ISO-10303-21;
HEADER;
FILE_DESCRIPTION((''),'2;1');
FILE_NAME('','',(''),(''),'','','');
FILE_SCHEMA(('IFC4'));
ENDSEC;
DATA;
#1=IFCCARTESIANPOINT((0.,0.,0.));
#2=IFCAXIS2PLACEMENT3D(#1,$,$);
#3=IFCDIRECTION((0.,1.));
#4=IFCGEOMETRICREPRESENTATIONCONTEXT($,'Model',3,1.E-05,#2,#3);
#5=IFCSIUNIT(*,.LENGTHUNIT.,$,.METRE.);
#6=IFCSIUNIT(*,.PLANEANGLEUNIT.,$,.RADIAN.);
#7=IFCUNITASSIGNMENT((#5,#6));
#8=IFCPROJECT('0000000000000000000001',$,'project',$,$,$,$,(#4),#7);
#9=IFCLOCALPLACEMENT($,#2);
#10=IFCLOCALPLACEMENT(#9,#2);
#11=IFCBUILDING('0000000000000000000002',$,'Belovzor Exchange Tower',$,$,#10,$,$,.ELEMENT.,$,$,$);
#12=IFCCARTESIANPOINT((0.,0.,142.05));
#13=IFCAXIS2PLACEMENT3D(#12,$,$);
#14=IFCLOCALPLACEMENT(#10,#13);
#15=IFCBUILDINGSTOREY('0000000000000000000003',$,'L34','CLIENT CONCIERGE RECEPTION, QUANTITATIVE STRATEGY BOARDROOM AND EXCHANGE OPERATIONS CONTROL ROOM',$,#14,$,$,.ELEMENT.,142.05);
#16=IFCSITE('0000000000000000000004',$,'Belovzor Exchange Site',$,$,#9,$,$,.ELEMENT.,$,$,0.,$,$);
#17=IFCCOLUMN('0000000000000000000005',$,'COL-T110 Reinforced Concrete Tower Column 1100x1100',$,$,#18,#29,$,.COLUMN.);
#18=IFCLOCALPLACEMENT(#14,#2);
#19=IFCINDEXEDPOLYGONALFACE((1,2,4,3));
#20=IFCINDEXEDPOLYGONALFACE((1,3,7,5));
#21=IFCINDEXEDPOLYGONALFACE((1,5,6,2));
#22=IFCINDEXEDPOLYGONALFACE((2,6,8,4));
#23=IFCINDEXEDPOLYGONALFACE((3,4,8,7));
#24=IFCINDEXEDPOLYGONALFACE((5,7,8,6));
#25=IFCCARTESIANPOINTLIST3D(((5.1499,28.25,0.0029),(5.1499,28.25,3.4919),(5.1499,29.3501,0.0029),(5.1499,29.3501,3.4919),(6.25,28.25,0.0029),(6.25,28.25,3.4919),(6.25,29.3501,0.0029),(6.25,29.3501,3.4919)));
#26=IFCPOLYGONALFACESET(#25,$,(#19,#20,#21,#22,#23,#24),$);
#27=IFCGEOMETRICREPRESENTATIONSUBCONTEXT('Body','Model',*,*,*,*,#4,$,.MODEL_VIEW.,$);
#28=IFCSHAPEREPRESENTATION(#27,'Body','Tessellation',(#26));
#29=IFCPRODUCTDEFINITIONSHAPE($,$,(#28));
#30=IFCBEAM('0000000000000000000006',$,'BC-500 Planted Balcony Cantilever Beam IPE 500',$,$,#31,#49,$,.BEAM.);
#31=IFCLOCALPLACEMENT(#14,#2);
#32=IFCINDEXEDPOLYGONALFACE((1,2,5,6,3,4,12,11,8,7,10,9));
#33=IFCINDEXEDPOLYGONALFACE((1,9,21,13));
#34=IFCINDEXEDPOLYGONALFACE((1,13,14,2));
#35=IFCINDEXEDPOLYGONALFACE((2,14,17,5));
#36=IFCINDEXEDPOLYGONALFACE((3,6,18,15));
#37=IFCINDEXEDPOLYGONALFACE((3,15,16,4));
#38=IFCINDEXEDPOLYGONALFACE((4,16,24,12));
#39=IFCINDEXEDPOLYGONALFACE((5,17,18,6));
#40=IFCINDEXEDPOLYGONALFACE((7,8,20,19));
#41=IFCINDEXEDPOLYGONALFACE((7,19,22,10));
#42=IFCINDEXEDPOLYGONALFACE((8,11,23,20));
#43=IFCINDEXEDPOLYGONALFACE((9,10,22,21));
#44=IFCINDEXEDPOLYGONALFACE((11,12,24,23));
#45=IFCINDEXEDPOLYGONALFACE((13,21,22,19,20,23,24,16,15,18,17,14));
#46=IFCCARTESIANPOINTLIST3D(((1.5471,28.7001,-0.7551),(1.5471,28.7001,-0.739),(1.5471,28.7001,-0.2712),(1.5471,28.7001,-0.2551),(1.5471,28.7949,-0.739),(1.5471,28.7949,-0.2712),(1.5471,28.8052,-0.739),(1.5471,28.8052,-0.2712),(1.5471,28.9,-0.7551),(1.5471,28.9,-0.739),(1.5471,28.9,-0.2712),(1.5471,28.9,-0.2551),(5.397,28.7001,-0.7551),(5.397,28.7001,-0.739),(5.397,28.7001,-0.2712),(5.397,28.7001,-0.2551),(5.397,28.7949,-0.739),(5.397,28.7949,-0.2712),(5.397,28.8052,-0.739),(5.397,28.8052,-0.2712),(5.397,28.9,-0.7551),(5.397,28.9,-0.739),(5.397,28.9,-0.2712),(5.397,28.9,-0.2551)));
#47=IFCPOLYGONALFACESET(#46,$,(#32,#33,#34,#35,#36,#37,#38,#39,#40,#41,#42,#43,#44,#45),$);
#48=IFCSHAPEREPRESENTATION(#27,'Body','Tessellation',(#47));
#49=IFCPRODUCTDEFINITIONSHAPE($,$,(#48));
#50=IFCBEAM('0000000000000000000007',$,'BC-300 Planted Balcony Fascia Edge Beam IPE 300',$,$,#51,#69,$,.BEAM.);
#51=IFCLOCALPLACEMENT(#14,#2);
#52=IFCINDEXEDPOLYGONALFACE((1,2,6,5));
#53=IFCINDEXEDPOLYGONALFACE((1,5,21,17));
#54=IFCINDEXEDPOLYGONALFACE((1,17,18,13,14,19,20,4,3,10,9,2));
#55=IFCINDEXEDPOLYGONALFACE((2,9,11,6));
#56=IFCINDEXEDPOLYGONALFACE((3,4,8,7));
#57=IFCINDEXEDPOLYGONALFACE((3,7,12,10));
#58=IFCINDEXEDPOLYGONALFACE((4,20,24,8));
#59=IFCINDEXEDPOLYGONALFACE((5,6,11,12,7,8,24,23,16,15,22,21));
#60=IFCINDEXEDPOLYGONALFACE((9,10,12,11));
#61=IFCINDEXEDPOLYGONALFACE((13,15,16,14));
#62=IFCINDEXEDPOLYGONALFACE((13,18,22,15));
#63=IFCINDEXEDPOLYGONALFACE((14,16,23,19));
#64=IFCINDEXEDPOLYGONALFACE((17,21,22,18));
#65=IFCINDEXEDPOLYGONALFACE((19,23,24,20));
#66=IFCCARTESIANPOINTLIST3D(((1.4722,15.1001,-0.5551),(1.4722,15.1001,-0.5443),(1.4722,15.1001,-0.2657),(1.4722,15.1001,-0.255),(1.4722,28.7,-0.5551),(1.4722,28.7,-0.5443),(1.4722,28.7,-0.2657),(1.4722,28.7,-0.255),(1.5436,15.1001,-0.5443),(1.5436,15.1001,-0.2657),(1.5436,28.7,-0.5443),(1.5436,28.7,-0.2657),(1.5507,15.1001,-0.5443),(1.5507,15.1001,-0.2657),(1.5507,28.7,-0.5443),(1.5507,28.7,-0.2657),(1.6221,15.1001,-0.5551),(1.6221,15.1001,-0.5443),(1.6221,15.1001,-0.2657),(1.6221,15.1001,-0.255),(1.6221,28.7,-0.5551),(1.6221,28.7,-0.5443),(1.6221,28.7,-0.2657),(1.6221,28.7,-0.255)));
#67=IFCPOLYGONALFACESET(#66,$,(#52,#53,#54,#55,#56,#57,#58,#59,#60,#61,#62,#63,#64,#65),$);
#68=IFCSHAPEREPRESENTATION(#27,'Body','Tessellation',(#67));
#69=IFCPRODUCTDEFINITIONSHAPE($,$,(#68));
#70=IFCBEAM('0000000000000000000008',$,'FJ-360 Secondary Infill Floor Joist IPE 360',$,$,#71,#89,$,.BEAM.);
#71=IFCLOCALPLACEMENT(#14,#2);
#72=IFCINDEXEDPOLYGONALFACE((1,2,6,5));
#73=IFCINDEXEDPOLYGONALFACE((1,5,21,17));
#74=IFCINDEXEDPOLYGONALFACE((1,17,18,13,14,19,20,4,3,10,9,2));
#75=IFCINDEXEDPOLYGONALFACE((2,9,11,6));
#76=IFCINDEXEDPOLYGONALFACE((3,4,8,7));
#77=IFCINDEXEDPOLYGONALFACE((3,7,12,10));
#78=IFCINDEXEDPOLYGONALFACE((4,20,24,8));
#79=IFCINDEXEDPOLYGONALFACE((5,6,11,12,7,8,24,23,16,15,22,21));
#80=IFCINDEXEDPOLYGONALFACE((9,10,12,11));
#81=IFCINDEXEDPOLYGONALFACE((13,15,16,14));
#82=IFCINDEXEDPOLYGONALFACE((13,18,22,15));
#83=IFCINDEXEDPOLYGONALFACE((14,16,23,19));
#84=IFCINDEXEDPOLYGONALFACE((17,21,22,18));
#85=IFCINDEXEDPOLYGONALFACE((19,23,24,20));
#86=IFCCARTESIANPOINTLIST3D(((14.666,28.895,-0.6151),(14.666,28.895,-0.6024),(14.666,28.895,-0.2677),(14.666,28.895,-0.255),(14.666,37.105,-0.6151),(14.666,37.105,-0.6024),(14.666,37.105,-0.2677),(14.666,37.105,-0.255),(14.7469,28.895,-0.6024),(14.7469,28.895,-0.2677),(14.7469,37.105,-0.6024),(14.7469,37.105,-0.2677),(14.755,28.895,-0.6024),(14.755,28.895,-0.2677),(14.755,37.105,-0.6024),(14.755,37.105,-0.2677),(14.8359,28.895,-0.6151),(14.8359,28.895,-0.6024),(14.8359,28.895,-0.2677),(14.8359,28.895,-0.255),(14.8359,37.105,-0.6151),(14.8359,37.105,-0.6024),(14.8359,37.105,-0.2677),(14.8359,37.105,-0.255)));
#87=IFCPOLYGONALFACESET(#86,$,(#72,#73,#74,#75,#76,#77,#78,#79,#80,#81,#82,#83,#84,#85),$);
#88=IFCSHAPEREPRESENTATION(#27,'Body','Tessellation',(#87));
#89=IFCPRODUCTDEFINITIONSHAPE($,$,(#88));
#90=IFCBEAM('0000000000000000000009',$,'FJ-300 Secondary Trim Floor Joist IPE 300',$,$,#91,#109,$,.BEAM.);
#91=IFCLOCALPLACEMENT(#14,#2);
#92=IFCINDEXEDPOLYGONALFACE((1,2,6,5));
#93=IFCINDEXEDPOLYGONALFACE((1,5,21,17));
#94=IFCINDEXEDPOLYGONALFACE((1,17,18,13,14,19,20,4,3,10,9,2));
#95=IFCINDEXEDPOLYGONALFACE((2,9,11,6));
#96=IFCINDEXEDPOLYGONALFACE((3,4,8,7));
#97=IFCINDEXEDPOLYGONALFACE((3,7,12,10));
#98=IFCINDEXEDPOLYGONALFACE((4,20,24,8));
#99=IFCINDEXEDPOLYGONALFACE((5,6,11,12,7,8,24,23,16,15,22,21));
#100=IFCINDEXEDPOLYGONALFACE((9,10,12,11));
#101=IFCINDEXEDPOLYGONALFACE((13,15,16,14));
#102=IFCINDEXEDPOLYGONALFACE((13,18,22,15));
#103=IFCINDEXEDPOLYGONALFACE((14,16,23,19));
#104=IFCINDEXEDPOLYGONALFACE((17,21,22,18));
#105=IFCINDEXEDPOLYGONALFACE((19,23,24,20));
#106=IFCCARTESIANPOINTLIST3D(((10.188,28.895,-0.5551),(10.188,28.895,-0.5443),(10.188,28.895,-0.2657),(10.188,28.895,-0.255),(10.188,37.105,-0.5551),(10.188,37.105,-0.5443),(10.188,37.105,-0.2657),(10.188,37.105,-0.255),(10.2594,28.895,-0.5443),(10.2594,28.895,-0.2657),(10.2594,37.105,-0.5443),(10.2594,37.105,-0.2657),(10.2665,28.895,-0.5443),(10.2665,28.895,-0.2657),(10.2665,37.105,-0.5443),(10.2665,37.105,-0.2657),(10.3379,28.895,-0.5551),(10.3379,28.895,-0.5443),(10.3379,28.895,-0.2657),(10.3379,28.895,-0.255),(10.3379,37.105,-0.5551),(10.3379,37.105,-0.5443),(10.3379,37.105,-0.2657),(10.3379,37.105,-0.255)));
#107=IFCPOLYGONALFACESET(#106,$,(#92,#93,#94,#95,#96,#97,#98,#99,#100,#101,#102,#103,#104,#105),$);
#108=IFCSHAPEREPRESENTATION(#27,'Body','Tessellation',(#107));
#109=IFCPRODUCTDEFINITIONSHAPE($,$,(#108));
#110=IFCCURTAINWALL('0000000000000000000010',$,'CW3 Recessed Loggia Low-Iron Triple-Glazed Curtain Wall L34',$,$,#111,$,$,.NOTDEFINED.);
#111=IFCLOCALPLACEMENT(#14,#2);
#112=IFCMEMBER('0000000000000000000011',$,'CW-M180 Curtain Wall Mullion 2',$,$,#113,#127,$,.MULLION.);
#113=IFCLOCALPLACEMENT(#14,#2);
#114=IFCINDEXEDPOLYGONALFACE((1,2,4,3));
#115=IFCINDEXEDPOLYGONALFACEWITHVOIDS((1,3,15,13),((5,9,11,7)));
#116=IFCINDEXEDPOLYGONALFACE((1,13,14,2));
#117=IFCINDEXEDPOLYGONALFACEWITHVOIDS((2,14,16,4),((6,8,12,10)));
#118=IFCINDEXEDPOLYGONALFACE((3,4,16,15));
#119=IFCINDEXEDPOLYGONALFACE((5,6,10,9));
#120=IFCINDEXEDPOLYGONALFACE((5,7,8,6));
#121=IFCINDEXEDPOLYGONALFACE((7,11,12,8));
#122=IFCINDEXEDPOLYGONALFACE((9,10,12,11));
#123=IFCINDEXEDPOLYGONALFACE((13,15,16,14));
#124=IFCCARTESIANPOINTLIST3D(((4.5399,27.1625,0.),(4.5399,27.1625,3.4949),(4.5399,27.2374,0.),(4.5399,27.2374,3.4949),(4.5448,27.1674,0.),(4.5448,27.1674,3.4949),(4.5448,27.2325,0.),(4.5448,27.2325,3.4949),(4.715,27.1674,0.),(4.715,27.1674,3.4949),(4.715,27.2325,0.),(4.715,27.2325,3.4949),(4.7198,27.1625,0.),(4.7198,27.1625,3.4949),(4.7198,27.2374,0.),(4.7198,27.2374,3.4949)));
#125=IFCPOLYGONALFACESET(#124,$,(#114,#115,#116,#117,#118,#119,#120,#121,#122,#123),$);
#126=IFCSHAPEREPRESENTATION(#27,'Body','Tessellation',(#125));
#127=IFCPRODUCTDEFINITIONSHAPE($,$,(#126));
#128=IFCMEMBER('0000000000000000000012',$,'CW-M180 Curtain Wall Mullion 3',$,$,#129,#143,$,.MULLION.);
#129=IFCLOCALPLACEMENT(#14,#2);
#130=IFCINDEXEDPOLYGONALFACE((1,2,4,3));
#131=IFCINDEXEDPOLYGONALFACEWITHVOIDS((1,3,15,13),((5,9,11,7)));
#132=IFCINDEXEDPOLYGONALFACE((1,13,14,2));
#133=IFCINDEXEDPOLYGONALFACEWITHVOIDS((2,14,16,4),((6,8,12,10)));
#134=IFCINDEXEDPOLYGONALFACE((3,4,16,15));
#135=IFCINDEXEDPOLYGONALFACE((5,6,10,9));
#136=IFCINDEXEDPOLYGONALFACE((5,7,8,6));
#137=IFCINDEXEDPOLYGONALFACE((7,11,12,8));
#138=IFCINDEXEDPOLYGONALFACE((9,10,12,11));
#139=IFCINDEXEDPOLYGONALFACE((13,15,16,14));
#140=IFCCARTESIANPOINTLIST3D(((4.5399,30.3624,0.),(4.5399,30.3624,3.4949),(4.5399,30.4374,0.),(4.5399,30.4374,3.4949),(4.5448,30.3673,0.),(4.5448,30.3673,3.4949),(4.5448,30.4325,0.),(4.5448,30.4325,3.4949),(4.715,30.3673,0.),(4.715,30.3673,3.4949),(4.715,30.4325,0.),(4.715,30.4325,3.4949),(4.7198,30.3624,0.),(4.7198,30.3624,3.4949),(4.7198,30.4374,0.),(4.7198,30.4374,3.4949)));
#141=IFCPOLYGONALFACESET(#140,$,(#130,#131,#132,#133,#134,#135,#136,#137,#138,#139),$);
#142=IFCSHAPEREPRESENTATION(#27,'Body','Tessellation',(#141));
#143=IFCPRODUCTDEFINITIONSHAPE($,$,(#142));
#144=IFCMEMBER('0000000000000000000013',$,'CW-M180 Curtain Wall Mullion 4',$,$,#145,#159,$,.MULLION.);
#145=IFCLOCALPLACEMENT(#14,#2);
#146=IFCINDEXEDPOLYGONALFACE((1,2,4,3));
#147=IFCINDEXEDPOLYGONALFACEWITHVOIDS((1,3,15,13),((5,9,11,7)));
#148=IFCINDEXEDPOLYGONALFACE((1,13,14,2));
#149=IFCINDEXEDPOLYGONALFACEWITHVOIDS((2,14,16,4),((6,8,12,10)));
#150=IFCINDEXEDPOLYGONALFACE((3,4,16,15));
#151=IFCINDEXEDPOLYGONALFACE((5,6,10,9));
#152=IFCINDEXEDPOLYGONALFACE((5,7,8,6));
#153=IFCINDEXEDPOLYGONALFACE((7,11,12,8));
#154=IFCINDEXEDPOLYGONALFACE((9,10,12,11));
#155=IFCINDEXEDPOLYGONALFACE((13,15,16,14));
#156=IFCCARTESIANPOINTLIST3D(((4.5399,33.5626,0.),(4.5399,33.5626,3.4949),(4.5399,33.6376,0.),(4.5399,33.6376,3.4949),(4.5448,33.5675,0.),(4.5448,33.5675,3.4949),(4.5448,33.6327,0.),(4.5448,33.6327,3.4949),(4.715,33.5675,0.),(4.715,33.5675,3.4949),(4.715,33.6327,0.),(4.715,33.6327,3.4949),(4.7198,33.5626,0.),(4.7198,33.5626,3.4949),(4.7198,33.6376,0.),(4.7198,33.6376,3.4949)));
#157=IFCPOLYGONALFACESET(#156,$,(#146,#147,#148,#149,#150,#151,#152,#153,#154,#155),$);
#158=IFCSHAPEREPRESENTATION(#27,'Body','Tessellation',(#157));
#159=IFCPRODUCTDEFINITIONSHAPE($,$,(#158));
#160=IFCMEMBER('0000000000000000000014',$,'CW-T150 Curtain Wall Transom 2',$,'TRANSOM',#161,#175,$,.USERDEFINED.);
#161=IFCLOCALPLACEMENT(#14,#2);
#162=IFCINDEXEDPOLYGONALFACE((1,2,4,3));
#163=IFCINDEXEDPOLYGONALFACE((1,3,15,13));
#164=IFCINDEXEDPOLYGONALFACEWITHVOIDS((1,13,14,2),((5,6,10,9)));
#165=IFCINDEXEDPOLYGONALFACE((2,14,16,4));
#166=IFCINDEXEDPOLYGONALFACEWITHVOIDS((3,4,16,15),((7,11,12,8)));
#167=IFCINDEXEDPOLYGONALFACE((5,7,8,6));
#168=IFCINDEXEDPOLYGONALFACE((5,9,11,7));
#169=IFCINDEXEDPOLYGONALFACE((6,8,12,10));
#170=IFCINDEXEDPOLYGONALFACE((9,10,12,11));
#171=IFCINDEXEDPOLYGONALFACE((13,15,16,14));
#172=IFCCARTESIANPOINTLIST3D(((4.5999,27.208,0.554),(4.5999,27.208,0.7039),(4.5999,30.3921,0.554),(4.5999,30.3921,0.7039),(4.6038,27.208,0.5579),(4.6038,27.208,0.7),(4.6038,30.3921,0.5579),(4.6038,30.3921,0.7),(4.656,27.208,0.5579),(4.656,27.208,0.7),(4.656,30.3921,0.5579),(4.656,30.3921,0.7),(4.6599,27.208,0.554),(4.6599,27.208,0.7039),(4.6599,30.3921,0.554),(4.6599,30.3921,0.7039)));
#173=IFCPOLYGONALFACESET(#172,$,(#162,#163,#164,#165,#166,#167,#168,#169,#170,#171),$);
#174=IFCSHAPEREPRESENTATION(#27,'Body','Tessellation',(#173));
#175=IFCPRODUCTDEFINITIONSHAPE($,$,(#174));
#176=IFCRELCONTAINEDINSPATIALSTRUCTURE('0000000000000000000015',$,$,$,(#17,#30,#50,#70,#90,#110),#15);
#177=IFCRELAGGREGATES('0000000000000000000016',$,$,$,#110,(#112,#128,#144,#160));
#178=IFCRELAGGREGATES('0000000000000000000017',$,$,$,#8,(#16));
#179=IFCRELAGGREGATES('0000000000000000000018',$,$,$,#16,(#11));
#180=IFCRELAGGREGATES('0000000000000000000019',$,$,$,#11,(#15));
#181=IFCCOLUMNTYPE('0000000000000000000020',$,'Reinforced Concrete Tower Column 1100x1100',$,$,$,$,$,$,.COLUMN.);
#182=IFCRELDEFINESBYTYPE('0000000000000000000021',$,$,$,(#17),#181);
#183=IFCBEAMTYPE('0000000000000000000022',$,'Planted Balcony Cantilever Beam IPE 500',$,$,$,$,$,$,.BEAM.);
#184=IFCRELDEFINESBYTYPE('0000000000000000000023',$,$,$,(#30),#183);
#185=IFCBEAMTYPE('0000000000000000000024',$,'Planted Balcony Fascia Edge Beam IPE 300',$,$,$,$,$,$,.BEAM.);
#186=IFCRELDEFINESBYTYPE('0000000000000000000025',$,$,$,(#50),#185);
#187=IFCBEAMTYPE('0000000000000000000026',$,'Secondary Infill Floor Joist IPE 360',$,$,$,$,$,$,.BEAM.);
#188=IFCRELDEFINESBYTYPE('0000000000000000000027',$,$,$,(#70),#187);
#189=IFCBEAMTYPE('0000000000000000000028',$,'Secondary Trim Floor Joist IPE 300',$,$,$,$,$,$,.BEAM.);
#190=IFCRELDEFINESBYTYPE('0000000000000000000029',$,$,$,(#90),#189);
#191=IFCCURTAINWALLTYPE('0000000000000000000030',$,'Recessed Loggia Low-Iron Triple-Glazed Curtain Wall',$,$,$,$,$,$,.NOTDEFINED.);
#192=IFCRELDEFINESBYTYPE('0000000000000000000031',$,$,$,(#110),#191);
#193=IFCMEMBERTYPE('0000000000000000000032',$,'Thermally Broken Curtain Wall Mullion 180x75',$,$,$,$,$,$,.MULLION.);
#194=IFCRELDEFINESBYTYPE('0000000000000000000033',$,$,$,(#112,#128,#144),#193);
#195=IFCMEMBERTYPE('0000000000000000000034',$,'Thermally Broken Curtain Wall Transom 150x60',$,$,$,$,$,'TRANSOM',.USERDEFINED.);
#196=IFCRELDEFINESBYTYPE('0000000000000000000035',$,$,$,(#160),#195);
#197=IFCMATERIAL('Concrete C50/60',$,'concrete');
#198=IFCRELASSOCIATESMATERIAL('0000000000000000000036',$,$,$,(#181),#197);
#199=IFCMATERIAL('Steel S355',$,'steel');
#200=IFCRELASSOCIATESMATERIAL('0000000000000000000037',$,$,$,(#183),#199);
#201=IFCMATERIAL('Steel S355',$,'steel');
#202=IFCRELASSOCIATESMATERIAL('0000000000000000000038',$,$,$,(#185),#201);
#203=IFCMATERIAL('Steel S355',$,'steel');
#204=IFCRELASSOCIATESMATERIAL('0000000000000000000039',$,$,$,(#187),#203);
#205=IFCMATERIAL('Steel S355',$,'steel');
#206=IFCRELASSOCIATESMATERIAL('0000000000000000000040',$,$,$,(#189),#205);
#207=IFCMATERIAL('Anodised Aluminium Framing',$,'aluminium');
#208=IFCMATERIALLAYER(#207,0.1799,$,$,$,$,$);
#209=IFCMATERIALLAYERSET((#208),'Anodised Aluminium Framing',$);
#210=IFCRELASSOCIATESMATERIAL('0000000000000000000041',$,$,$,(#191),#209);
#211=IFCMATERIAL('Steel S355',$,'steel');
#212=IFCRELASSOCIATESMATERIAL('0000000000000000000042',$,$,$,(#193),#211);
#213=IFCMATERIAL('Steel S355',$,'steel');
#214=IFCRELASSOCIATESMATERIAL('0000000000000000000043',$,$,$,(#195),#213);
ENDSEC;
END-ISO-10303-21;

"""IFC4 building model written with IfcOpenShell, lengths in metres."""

from ifc_helpers import new_model, si_unit, direction, frame, origin, origin_2d, place, context, subcontext, project, spatial, rectangle, hollow_rectangle, i_section, extrude, material, layer, layer_set, material_profile, profile_set, type_object, element, aggregate, save


model = new_model("IFC4")

# Units and contexts
model_context = context("Model", 3, precision=1e-05, world=origin(), true_north=direction((0.0, 1.0)))
body_context = subcontext(model_context, "Body", "Model", "MODEL_VIEW")
ifc_project = project(units=[si_unit("LENGTHUNIT", "METRE"), si_unit("PLANEANGLEUNIT", "RADIAN")], contexts=[model_context])

# Site, building, storey
site_placement = place(None, origin())
site = spatial("IfcSite", under=ifc_project, at=site_placement, Name="Belovzor Exchange Site", CompositionType="ELEMENT", RefElevation=0.0)
building_placement = place(site_placement, origin())
building = spatial("IfcBuilding", under=site, at=building_placement, Name="Belovzor Exchange Tower", CompositionType="ELEMENT")
storey_placement = place(building_placement, frame((0.0, 0.0, 142.05)))
storey = spatial("IfcBuildingStorey", under=building, at=storey_placement, Name="L34", Description="CLIENT CONCIERGE RECEPTION, QUANTITATIVE STRATEGY BOARDROOM AND EXCHANGE OPERATIONS CONTROL ROOM", CompositionType="ELEMENT", Elevation=142.05)

# Column
ifc_material_1 = material(Name="Concrete C50/60", Category="concrete")
ifc_material_profile_1 = material_profile(ifc_material_1, rectangle(XDim=1.1001, YDim=1.1001, at=origin_2d()))
ifc_profile_set_1 = profile_set([ifc_material_profile_1], Name="Concrete C50/60")
column_type = type_object("IfcColumnType", Name="Reinforced Concrete Tower Column 1100x1100", PredefinedType="COLUMN", material=ifc_profile_set_1)
column_placement = place(storey_placement, frame((5.7, 28.8, 0.0029), z_axis=(0.0, 0.0, 1.0), x_axis=(1.0, 0.0, 0.0)))
element("IfcColumn", 1, at=column_placement, inside=storey, type_object=column_type, Name="COL-T110 Reinforced Concrete Tower Column 1100x1100", PredefinedType="COLUMN", context=body_context, shape_type="SweptSolid", body=[
    extrude(rectangle(XDim=1.1001, YDim=1.1001, at=origin_2d()), origin(), (0.0, 0.0, 1.0), 3.489),
])

# Beams
ifc_material_2 = material(Name="Steel S355", Category="steel")
ifc_material_profile_2 = material_profile(ifc_material_2, i_section(OverallWidth=0.2, OverallDepth=0.5, WebThickness=0.0103, FlangeThickness=0.0161, at=origin_2d()))
ifc_profile_set_2 = profile_set([ifc_material_profile_2], Name="Steel S355")
beam_type_1 = type_object("IfcBeamType", Name="Planted Balcony Cantilever Beam IPE 500", PredefinedType="BEAM", material=ifc_profile_set_2)
beam_1_placement = place(storey_placement, frame((5.397, 28.8, -0.5051), z_axis=(-1.0, 0.0, 0.0), x_axis=(0.0, -1.0, 0.0)))
element("IfcBeam", 2, at=beam_1_placement, inside=storey, type_object=beam_type_1, Name="BC-500 Planted Balcony Cantilever Beam IPE 500", PredefinedType="BEAM", context=body_context, shape_type="SweptSolid", body=[
    extrude(i_section(OverallWidth=0.2, OverallDepth=0.5, WebThickness=0.0103, FlangeThickness=0.0161, at=origin_2d()), origin(), (0.0, 0.0, 1.0), 3.8499),
])
ifc_material_3 = material(Name="Steel S355", Category="steel")
ifc_material_profile_3 = material_profile(ifc_material_3, i_section(OverallWidth=0.1499, OverallDepth=0.3, WebThickness=0.0071, FlangeThickness=0.0107, at=origin_2d()))
ifc_profile_set_3 = profile_set([ifc_material_profile_3], Name="Steel S355")
beam_type_2 = type_object("IfcBeamType", Name="Planted Balcony Fascia Edge Beam IPE 300", PredefinedType="BEAM", material=ifc_profile_set_3)
beam_2_placement = place(storey_placement, frame((1.5471, 28.7, -0.405), z_axis=(0.0, -1.0, 0.0), x_axis=(1.0, 0.0, 0.0)))
element("IfcBeam", 3, at=beam_2_placement, inside=storey, type_object=beam_type_2, Name="BC-300 Planted Balcony Fascia Edge Beam IPE 300", PredefinedType="BEAM", context=body_context, shape_type="SweptSolid", body=[
    extrude(i_section(OverallWidth=0.1499, OverallDepth=0.3, WebThickness=0.0071, FlangeThickness=0.0107, at=origin_2d()), origin(), (0.0, 0.0, 1.0), 13.5999),
])
ifc_material_4 = material(Name="Steel S355", Category="steel")
ifc_material_profile_4 = material_profile(ifc_material_4, i_section(OverallWidth=0.1699, OverallDepth=0.3601, WebThickness=0.0081, FlangeThickness=0.0127, at=origin_2d()))
ifc_profile_set_4 = profile_set([ifc_material_profile_4], Name="Steel S355")
beam_type_3 = type_object("IfcBeamType", Name="Secondary Infill Floor Joist IPE 360", PredefinedType="BEAM", material=ifc_profile_set_4)
beam_3_placement = place(storey_placement, frame((14.751, 28.895, -0.4351), z_axis=(0.0, 1.0, 0.0), x_axis=(-1.0, 0.0, 0.0)))
element("IfcBeam", 4, at=beam_3_placement, inside=storey, type_object=beam_type_3, Name="FJ-360 Secondary Infill Floor Joist IPE 360", PredefinedType="BEAM", context=body_context, shape_type="SweptSolid", body=[
    extrude(i_section(OverallWidth=0.1699, OverallDepth=0.3601, WebThickness=0.0081, FlangeThickness=0.0127, at=origin_2d()), origin(), (0.0, 0.0, 1.0), 8.21),
])
ifc_material_5 = material(Name="Steel S355", Category="steel")
ifc_material_profile_5 = material_profile(ifc_material_5, i_section(OverallWidth=0.1499, OverallDepth=0.3, WebThickness=0.0071, FlangeThickness=0.0107, at=origin_2d()))
ifc_profile_set_5 = profile_set([ifc_material_profile_5], Name="Steel S355")
beam_type_4 = type_object("IfcBeamType", Name="Secondary Trim Floor Joist IPE 300", PredefinedType="BEAM", material=ifc_profile_set_5)
beam_4_placement = place(storey_placement, frame((10.2629, 28.895, -0.405), z_axis=(0.0, 1.0, 0.0), x_axis=(-1.0, 0.0, 0.0)))
element("IfcBeam", 5, at=beam_4_placement, inside=storey, type_object=beam_type_4, Name="FJ-300 Secondary Trim Floor Joist IPE 300", PredefinedType="BEAM", context=body_context, shape_type="SweptSolid", body=[
    extrude(i_section(OverallWidth=0.1499, OverallDepth=0.3, WebThickness=0.0071, FlangeThickness=0.0107, at=origin_2d()), origin(), (0.0, 0.0, 1.0), 8.21),
])

# Curtain wall, members
ifc_material_6 = material(Name="Anodised Aluminium Framing", Category="aluminium")
ifc_layer_1 = layer(ifc_material_6, 0.1799)
ifc_layer_set_1 = layer_set([ifc_layer_1], Name="Anodised Aluminium Framing")
curtain_wall_type = type_object("IfcCurtainWallType", Name="Recessed Loggia Low-Iron Triple-Glazed Curtain Wall", PredefinedType="NOTDEFINED", material=ifc_layer_set_1)
curtain_wall_placement = place(storey_placement, origin())
curtain_wall = element("IfcCurtainWall", 6, at=curtain_wall_placement, inside=storey, type_object=curtain_wall_type, Name="CW3 Recessed Loggia Low-Iron Triple-Glazed Curtain Wall L34", PredefinedType="NOTDEFINED")
ifc_material_7 = material(Name="Steel S355", Category="steel")
ifc_material_profile_6 = material_profile(ifc_material_7, hollow_rectangle(XDim=0.075, YDim=0.1799, WallThickness=0.0049, at=origin_2d()))
ifc_profile_set_6 = profile_set([ifc_material_profile_6], Name="Steel S355")
member_type_1 = type_object("IfcMemberType", Name="Thermally Broken Curtain Wall Mullion 180x75", PredefinedType="MULLION", material=ifc_profile_set_6)
member_1_placement = place(storey_placement, frame((4.6299, 27.2, 0.0), z_axis=(0.0, 0.0, 1.0), x_axis=(0.0, 1.0, 0.0)))
member_1 = element("IfcMember", 7, at=member_1_placement, type_object=member_type_1, Name="CW-M180 Curtain Wall Mullion 2", PredefinedType="MULLION", context=body_context, shape_type="SweptSolid", body=[
    extrude(hollow_rectangle(XDim=0.075, YDim=0.1799, WallThickness=0.0049, at=origin_2d()), origin(), (0.0, 0.0, 1.0), 3.4949),
])
member_2_placement = place(storey_placement, frame((4.6299, 30.3999, 0.0), z_axis=(0.0, 0.0, 1.0), x_axis=(0.0, 1.0, 0.0)))
member_2 = element("IfcMember", 8, at=member_2_placement, type_object=member_type_1, Name="CW-M180 Curtain Wall Mullion 3", PredefinedType="MULLION", context=body_context, shape_type="SweptSolid", body=[
    extrude(hollow_rectangle(XDim=0.075, YDim=0.1799, WallThickness=0.0049, at=origin_2d()), origin(), (0.0, 0.0, 1.0), 3.4949),
])
member_3_placement = place(storey_placement, frame((4.6299, 33.6001, 0.0), z_axis=(0.0, 0.0, 1.0), x_axis=(0.0, 1.0, 0.0)))
member_3 = element("IfcMember", 9, at=member_3_placement, type_object=member_type_1, Name="CW-M180 Curtain Wall Mullion 4", PredefinedType="MULLION", context=body_context, shape_type="SweptSolid", body=[
    extrude(hollow_rectangle(XDim=0.075, YDim=0.1799, WallThickness=0.0049, at=origin_2d()), origin(), (0.0, 0.0, 1.0), 3.4949),
])
ifc_material_8 = material(Name="Steel S355", Category="steel")
ifc_material_profile_7 = material_profile(ifc_material_8, hollow_rectangle(XDim=0.0601, YDim=0.1499, WallThickness=0.0039, at=origin_2d()))
ifc_profile_set_7 = profile_set([ifc_material_profile_7], Name="Steel S355")
member_type_2 = type_object("IfcMemberType", Name="Thermally Broken Curtain Wall Transom 150x60", ElementType="TRANSOM", PredefinedType="USERDEFINED", material=ifc_profile_set_7)
member_4_placement = place(storey_placement, frame((4.6299, 27.208, 0.6289), z_axis=(0.0, 1.0, 0.0), x_axis=(-1.0, 0.0, 0.0)))
member_4 = element("IfcMember", 10, at=member_4_placement, type_object=member_type_2, Name="CW-T150 Curtain Wall Transom 2", ObjectType="TRANSOM", PredefinedType="USERDEFINED", context=body_context, shape_type="SweptSolid", body=[
    extrude(hollow_rectangle(XDim=0.0601, YDim=0.1499, WallThickness=0.0039, at=origin_2d()), origin(), (0.0, 0.0, 1.0), 3.1841),
])

aggregate(curtain_wall, [member_1, member_2, member_3, member_4])

save(model, "model.ifc")
